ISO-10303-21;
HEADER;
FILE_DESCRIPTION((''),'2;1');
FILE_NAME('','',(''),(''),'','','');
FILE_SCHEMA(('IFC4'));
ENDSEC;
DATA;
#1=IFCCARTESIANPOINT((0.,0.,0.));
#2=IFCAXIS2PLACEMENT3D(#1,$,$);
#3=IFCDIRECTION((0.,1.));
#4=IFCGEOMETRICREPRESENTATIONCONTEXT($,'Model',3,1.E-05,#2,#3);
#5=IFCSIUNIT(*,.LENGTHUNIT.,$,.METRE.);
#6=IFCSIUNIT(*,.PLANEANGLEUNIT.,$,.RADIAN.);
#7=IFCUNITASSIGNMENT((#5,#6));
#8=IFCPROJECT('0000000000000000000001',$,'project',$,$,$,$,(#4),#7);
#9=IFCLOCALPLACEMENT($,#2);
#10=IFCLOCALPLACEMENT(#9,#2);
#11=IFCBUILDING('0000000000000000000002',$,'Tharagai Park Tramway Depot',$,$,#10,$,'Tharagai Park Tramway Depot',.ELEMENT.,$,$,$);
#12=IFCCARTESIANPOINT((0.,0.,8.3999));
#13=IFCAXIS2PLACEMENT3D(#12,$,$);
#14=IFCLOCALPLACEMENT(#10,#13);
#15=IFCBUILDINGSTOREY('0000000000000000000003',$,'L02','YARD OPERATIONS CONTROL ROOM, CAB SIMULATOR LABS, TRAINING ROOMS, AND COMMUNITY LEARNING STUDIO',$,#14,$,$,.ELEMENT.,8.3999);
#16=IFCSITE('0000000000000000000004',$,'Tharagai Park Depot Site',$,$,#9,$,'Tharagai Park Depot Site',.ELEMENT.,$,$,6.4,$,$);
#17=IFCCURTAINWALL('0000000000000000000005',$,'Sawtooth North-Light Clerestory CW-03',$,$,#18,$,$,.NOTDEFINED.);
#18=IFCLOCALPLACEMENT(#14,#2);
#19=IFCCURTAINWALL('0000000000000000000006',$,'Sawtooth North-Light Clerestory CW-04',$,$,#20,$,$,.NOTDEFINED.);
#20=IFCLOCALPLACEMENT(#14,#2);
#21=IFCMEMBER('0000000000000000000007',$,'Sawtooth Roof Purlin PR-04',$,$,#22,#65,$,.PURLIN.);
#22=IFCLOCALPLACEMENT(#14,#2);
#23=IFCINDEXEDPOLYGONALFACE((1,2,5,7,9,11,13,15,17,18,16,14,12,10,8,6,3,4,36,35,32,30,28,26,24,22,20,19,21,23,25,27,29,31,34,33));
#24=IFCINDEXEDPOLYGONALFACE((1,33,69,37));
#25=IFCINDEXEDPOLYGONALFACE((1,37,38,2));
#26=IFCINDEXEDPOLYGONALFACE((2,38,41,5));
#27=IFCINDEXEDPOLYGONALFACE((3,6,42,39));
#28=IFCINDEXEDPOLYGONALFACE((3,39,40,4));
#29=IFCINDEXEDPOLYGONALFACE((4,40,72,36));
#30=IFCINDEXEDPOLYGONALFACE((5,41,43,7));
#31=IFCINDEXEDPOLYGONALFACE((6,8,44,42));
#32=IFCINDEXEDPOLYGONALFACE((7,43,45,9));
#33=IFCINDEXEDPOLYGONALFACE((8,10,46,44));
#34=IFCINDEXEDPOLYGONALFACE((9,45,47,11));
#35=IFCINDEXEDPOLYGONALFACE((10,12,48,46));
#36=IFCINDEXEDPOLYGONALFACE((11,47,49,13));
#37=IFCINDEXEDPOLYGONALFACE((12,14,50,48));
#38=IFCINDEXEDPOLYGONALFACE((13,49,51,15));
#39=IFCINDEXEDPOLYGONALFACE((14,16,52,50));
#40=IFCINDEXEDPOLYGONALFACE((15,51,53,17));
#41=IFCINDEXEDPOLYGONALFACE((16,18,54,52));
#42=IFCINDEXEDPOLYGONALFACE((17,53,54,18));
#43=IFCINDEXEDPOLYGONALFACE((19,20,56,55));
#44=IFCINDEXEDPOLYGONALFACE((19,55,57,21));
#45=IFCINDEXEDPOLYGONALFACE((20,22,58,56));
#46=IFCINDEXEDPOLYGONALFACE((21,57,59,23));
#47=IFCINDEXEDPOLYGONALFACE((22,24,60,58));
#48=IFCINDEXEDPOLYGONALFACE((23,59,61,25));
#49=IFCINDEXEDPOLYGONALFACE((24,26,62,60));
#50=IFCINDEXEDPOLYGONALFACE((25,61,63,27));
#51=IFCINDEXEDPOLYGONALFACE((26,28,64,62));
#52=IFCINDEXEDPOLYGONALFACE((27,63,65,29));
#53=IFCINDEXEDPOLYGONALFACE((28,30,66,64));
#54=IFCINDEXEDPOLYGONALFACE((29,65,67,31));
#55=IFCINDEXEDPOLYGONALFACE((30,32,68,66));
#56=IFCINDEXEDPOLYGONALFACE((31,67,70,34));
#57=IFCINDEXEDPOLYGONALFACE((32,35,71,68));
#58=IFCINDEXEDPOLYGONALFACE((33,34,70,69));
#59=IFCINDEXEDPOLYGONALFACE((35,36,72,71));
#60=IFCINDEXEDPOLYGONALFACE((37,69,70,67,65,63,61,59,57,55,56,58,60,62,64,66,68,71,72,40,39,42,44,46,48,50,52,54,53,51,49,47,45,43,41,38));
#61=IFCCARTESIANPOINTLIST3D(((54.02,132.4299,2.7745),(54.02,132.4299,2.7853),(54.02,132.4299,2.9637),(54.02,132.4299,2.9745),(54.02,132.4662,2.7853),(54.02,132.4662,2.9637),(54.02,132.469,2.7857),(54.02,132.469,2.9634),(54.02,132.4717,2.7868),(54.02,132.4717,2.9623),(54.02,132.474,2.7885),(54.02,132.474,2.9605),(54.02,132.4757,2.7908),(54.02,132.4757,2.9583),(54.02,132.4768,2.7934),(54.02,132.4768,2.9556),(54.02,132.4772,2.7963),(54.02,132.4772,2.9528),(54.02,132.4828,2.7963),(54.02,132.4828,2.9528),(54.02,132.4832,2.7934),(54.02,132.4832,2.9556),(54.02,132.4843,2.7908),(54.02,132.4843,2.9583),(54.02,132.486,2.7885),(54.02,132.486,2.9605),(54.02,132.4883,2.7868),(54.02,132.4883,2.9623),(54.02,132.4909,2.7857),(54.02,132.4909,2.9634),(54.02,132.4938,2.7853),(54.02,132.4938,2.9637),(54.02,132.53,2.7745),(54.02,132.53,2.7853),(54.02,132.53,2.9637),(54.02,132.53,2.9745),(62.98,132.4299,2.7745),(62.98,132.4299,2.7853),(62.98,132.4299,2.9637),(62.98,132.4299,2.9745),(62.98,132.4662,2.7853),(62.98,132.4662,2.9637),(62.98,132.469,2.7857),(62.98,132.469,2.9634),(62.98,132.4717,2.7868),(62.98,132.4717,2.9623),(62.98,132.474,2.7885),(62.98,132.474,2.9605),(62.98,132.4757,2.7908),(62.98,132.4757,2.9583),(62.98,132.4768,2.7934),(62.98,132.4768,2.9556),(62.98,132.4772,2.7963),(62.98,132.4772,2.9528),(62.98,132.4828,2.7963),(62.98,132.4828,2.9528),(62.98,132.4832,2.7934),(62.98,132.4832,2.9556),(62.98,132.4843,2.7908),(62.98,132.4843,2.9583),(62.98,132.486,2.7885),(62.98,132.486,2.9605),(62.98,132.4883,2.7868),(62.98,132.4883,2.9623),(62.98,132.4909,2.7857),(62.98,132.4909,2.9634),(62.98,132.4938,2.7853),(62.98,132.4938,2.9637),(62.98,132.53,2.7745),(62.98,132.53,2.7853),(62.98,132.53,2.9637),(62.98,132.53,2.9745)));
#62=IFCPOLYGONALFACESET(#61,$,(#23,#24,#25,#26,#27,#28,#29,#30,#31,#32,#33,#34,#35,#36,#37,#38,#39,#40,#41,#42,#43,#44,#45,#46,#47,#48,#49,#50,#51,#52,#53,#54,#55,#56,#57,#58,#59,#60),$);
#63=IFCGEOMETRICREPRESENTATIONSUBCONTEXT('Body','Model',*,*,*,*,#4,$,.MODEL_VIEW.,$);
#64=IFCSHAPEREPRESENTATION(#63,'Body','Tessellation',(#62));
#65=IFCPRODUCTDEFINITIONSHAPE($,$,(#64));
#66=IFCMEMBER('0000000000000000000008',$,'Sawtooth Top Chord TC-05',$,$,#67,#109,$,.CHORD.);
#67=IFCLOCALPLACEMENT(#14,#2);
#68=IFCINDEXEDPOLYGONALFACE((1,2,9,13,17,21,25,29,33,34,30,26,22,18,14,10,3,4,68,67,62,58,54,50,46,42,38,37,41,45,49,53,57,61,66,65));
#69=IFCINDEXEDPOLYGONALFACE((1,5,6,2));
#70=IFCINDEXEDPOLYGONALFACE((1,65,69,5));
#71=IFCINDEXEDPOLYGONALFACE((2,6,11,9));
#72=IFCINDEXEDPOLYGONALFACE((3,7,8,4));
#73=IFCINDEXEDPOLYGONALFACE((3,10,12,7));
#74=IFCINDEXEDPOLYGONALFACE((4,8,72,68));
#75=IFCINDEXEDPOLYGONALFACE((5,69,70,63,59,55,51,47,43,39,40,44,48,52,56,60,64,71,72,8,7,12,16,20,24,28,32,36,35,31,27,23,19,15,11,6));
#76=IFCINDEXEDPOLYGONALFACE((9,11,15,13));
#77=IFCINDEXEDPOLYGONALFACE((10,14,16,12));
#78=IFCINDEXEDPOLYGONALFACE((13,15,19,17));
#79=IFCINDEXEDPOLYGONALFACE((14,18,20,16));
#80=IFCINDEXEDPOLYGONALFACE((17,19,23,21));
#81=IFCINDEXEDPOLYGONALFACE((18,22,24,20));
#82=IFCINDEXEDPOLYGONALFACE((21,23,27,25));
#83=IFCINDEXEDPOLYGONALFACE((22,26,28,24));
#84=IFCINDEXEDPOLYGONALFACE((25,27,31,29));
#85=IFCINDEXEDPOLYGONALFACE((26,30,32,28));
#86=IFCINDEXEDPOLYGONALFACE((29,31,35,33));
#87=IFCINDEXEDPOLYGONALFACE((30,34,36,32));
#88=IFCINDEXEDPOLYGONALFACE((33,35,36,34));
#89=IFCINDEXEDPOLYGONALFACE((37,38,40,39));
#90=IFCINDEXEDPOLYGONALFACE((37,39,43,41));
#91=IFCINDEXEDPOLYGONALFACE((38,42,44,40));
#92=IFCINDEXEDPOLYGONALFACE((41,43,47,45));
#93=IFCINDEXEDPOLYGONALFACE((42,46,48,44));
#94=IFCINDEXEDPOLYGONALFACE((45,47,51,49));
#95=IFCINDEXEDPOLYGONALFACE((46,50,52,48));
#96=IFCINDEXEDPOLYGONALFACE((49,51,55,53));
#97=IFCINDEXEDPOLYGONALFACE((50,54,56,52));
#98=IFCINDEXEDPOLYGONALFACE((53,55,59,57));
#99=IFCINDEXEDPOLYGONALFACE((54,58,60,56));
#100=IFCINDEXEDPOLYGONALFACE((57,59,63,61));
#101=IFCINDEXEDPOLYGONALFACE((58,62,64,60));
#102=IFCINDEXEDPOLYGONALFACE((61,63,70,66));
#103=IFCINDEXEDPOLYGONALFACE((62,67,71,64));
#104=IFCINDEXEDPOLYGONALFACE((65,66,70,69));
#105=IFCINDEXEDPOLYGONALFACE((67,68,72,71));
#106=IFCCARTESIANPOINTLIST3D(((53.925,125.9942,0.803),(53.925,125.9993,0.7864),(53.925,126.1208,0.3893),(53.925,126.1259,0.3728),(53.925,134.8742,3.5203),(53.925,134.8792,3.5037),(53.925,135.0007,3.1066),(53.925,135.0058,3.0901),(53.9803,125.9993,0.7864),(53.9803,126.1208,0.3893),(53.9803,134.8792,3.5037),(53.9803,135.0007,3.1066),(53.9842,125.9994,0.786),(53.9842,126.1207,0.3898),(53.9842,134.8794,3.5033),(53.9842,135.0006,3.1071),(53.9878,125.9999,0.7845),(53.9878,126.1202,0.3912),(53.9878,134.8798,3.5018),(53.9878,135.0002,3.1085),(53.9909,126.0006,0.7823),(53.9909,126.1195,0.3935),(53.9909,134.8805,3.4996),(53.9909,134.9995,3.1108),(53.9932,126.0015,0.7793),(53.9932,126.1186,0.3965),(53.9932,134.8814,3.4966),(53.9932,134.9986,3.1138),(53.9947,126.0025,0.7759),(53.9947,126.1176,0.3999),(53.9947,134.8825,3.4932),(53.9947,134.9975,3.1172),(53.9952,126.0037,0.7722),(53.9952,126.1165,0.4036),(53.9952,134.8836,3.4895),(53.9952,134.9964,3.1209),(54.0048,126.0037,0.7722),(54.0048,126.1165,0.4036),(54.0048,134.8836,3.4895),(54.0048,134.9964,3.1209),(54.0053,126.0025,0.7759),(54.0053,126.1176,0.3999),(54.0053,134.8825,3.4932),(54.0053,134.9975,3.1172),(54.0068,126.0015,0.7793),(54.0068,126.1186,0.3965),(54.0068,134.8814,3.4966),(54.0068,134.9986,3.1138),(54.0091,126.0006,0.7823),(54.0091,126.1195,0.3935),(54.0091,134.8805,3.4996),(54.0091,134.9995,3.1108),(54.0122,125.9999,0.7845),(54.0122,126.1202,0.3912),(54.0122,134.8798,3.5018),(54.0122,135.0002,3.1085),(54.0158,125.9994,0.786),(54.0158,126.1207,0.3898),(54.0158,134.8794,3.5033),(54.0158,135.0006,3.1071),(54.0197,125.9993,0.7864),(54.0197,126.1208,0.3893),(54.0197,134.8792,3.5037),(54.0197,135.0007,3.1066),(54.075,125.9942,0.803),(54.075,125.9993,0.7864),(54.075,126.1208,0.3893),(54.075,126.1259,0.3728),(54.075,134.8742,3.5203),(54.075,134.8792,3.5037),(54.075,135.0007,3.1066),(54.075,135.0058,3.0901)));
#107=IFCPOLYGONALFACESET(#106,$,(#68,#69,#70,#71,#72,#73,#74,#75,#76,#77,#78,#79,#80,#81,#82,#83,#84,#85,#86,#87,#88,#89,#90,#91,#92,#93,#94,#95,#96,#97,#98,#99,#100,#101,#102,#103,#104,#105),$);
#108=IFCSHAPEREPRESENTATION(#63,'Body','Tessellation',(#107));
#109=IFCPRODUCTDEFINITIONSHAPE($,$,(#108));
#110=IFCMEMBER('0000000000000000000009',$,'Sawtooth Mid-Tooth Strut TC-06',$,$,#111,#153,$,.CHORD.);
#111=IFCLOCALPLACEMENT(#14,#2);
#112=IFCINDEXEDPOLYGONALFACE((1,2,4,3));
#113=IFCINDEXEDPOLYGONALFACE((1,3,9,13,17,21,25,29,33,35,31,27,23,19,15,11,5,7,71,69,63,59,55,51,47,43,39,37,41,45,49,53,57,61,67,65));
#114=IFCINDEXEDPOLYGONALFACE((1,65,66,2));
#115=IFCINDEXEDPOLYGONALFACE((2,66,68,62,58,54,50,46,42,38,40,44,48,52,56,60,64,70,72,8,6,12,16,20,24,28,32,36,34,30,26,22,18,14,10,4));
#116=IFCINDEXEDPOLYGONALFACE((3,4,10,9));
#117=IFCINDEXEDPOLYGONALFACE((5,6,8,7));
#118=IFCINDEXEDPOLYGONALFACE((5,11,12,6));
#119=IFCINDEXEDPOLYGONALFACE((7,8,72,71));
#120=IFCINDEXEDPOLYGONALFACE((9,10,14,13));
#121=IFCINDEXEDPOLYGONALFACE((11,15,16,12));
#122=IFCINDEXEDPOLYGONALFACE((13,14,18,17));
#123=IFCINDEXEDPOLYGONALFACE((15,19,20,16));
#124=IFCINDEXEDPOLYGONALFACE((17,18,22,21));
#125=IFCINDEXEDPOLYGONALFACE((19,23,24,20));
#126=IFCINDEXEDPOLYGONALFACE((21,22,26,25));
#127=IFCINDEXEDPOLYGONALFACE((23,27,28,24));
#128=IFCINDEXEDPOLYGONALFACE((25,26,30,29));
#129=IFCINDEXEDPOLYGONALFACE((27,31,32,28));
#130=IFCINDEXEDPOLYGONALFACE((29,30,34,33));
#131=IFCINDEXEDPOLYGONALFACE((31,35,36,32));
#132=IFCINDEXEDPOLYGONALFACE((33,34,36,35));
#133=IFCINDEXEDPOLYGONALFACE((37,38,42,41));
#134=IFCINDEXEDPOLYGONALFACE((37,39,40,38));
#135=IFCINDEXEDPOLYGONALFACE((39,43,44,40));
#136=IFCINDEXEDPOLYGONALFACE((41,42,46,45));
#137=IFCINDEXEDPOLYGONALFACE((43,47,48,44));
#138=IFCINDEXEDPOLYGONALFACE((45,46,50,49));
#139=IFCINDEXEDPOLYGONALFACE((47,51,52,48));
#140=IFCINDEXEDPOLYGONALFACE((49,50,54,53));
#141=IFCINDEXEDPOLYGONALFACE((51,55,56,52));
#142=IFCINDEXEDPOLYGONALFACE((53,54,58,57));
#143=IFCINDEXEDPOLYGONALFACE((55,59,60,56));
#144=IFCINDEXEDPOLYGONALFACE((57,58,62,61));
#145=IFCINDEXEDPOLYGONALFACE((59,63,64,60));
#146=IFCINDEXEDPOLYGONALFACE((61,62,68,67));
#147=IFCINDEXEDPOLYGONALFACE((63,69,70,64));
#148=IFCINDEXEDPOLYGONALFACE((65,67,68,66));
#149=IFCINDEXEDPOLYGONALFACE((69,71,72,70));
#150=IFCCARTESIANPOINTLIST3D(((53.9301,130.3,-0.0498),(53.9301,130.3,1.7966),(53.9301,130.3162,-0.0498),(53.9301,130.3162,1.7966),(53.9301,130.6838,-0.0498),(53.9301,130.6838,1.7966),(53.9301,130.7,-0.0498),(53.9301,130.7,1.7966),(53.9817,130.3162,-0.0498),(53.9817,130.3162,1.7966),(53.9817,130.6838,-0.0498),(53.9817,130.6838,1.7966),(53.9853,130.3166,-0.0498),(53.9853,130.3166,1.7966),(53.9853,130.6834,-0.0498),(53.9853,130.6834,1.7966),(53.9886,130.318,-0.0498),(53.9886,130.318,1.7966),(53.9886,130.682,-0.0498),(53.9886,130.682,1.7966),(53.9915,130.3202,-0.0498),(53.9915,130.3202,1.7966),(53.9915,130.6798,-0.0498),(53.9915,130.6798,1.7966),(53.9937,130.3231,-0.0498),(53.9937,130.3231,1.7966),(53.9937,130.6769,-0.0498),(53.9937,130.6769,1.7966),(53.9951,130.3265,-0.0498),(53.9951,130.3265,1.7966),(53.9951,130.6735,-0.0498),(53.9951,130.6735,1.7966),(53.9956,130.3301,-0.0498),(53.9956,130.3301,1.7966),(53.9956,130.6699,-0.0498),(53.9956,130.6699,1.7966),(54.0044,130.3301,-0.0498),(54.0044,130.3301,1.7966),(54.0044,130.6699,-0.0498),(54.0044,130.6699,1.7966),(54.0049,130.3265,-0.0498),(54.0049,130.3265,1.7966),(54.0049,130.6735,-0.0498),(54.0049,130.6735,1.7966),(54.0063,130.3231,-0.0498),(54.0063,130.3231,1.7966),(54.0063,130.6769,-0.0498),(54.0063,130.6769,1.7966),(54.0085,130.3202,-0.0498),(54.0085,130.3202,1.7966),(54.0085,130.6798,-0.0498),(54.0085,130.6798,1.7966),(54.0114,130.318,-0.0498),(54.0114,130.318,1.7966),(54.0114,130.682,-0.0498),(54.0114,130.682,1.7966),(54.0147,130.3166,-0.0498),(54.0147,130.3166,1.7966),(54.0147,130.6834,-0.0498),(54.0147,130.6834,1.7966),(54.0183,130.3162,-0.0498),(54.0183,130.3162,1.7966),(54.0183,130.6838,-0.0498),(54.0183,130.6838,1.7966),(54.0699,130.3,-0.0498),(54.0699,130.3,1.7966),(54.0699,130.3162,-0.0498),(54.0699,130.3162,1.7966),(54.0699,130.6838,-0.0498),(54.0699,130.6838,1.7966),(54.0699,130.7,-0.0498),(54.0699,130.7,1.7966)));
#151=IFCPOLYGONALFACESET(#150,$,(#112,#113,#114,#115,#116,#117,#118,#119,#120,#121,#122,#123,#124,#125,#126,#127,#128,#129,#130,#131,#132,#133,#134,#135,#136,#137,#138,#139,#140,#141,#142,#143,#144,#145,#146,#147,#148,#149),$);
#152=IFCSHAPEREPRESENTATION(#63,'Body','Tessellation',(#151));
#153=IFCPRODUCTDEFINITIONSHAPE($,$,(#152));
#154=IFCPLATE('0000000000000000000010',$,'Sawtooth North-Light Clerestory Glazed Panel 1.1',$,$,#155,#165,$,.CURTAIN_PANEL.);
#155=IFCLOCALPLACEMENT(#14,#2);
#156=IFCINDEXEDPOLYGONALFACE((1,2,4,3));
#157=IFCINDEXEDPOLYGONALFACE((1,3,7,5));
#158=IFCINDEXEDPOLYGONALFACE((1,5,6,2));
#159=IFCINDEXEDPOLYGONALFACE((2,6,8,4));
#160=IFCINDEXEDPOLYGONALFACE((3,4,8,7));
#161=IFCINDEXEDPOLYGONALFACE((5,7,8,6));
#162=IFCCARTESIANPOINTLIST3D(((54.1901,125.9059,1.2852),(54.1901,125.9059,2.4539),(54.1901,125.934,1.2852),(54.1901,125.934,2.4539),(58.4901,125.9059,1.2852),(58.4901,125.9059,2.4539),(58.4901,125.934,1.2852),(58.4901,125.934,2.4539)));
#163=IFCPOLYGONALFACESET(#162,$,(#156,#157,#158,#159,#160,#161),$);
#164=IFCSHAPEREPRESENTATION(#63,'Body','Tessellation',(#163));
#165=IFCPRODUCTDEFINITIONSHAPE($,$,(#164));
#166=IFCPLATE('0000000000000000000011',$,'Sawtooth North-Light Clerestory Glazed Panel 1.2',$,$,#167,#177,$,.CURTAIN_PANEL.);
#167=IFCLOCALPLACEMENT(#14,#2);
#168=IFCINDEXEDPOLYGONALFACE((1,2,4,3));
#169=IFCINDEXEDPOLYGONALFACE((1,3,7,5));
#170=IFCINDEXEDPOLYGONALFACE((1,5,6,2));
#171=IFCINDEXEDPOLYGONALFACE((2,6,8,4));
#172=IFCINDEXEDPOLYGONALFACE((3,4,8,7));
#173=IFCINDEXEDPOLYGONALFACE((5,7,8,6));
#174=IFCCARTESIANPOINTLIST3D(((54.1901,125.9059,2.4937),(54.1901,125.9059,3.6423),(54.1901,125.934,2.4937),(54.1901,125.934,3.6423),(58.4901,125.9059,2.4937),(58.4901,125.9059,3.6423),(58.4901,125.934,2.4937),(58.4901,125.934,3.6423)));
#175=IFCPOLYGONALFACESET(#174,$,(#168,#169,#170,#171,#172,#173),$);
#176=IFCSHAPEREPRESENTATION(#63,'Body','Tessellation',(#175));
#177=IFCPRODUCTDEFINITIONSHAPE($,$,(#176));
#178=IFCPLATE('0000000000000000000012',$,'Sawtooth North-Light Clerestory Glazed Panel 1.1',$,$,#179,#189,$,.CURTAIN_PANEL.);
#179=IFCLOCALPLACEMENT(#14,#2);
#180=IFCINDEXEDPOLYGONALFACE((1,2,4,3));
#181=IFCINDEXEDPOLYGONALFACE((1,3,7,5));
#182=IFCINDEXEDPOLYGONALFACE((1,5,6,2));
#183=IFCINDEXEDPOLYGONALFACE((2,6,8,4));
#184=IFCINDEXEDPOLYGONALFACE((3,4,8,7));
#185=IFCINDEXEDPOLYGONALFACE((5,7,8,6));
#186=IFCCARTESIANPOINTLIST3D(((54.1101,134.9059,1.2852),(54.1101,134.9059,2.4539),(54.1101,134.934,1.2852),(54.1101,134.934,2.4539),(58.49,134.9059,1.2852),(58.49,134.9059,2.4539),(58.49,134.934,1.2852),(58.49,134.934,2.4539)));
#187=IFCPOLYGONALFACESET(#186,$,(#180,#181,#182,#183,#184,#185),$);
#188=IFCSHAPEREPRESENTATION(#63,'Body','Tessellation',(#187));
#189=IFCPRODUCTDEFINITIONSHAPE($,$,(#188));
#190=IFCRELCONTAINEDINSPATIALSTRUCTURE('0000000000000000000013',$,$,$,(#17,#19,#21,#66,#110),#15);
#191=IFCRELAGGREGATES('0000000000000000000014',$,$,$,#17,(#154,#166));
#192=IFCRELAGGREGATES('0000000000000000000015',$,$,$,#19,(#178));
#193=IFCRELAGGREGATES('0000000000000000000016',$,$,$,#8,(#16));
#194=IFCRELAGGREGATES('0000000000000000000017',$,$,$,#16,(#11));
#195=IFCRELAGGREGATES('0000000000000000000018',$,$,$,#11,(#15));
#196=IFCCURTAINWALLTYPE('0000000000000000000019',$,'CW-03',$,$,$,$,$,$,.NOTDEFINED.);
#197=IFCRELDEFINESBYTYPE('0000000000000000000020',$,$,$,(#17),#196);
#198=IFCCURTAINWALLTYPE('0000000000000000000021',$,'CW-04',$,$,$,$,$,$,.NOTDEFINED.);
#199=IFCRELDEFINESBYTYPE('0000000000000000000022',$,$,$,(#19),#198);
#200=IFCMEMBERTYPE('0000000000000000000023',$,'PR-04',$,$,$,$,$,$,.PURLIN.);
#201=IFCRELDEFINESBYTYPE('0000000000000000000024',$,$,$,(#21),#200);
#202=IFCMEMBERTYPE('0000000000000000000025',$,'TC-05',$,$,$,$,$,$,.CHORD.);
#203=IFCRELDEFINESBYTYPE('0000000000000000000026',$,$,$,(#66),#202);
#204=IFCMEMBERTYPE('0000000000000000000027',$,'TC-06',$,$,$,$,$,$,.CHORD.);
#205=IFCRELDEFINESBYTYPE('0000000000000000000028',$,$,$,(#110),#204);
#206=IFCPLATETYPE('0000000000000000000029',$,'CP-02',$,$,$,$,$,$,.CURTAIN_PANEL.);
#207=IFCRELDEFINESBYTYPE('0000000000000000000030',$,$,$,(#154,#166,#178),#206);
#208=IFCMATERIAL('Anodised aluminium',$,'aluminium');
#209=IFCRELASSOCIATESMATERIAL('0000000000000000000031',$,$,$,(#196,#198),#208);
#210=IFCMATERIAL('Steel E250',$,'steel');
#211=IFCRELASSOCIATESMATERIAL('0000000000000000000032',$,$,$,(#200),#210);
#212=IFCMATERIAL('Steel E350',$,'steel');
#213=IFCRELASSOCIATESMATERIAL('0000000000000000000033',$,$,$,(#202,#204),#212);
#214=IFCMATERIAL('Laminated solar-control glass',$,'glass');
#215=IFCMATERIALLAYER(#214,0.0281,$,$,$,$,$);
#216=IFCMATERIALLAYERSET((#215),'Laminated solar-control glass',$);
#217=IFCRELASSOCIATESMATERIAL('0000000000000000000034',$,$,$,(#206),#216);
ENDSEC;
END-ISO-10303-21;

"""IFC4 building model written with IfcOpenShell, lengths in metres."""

from ifc_helpers import new_model, si_unit, direction, frame, origin, origin_2d, place, context, subcontext, project, spatial, rectangle, i_section, extrude, material, layer, layer_set, material_profile, profile_set, type_object, element, aggregate, save


model = new_model("IFC4")

# Units and contexts
model_context = context("Model", 3, precision=1e-05, world=origin(), true_north=direction((0.0, 1.0)))
body_context = subcontext(model_context, "Body", "Model", "MODEL_VIEW")
ifc_project = project(units=[si_unit("LENGTHUNIT", "METRE"), si_unit("PLANEANGLEUNIT", "RADIAN")], contexts=[model_context])

# Site, building, storey
site_placement = place(None, origin())
site = spatial("IfcSite", under=ifc_project, at=site_placement, Name="Tharagai Park Depot Site", LongName="Tharagai Park Depot Site", CompositionType="ELEMENT", RefElevation=6.4)
building_placement = place(site_placement, origin())
building = spatial("IfcBuilding", under=site, at=building_placement, Name="Tharagai Park Tramway Depot", LongName="Tharagai Park Tramway Depot", CompositionType="ELEMENT")
storey_placement = place(building_placement, frame((0.0, 0.0, 8.3999)))
storey = spatial("IfcBuildingStorey", under=building, at=storey_placement, Name="L02", Description="YARD OPERATIONS CONTROL ROOM, CAB SIMULATOR LABS, TRAINING ROOMS, AND COMMUNITY LEARNING STUDIO", CompositionType="ELEMENT", Elevation=8.3999)

# Shared definitions
ifc_material_1 = material(Name="Steel E350", Category="steel")

# Curtain walls
ifc_material_2 = material(Name="Anodised aluminium", Category="aluminium")
curtain_wall_type_1 = type_object("IfcCurtainWallType", Name="CW-03", PredefinedType="NOTDEFINED", material=ifc_material_2)
curtain_wall_1_placement = place(storey_placement, origin())
curtain_wall_1 = element("IfcCurtainWall", 1, at=curtain_wall_1_placement, inside=storey, type_object=curtain_wall_type_1, Name="Sawtooth North-Light Clerestory CW-03", PredefinedType="NOTDEFINED")
curtain_wall_type_2 = type_object("IfcCurtainWallType", Name="CW-04", PredefinedType="NOTDEFINED", material=ifc_material_2)
curtain_wall_2_placement = place(storey_placement, origin())
curtain_wall_2 = element("IfcCurtainWall", 2, at=curtain_wall_2_placement, inside=storey, type_object=curtain_wall_type_2, Name="Sawtooth North-Light Clerestory CW-04", PredefinedType="NOTDEFINED")

# Members
ifc_material_3 = material(Name="Steel E250", Category="steel")
ifc_material_profile_1 = material_profile(ifc_material_3, i_section(OverallWidth=0.1001, OverallDepth=0.2, WebThickness=0.0056, FlangeThickness=0.0107, FilletRadius=0.011, at=origin_2d()), Name="ISMB 200")
ifc_profile_set_1 = profile_set([ifc_material_profile_1], Name="Steel E250")
member_type_1 = type_object("IfcMemberType", Name="PR-04", PredefinedType="PURLIN", material=ifc_profile_set_1)
for number, where, z_axis, x_axis, name in (
    (3, (54.02, 132.48, 2.8745), (1.0, 0.0, 0.0), (0.0, 1.0, 0.0), "Sawtooth Roof Purlin PR-04"),
):
    element("IfcMember", number, at=place(storey_placement, frame(where, z_axis=z_axis, x_axis=x_axis)), inside=storey, type_object=member_type_1, Name=name, PredefinedType="PURLIN", context=body_context, shape_type="SweptSolid", body=[
        extrude(i_section(OverallWidth=0.1001, OverallDepth=0.2, WebThickness=0.0056, FlangeThickness=0.0107, FilletRadius=0.011, at=origin_2d()), origin(), (0.0, 0.0, 1.0), 8.96),
    ])
ifc_material_profile_2 = material_profile(ifc_material_1, i_section(OverallWidth=0.1499, OverallDepth=0.45, WebThickness=0.0095, FlangeThickness=0.0173, FilletRadius=0.0149, at=origin_2d()), Name="ISMB 450")
ifc_profile_set_2 = profile_set([ifc_material_profile_2], Name="Steel E350")
member_type_2 = type_object("IfcMemberType", Name="TC-05", PredefinedType="CHORD", material=ifc_profile_set_2)
member_1_placement = place(storey_placement, frame((54.0, 126.0601, 0.5879), z_axis=(0.0, 0.956231, 0.292611), x_axis=(-1.0, 0.0, 0.0)))
element("IfcMember", 4, at=member_1_placement, inside=storey, type_object=member_type_2, Name="Sawtooth Top Chord TC-05", PredefinedType="CHORD", context=body_context, shape_type="SweptSolid", body=[
    extrude(i_section(OverallWidth=0.1499, OverallDepth=0.45, WebThickness=0.0095, FlangeThickness=0.0173, FilletRadius=0.0149, at=origin_2d()), origin(), (0.0, 0.0, 1.0), 9.2864),
])
ifc_material_profile_3 = material_profile(ifc_material_1, i_section(OverallWidth=0.1399, OverallDepth=0.3999, WebThickness=0.0088, FlangeThickness=0.0161, FilletRadius=0.0139, at=origin_2d()), Name="ISMB 400")
ifc_profile_set_3 = profile_set([ifc_material_profile_3], Name="Steel E350")
member_type_3 = type_object("IfcMemberType", Name="TC-06", PredefinedType="CHORD", material=ifc_profile_set_3)
member_2_placement = place(storey_placement, frame((54.0, 130.5, -0.0498), z_axis=(0.0, 0.0, 1.0), x_axis=(1.0, 0.0, 0.0)))
element("IfcMember", 5, at=member_2_placement, inside=storey, type_object=member_type_3, Name="Sawtooth Mid-Tooth Strut TC-06", PredefinedType="CHORD", context=body_context, shape_type="SweptSolid", body=[
    extrude(i_section(OverallWidth=0.1399, OverallDepth=0.3999, WebThickness=0.0088, FlangeThickness=0.0161, FilletRadius=0.0139, at=origin_2d()), origin(), (0.0, 0.0, 1.0), 1.8464),
])

# Plates
ifc_material_4 = material(Name="Laminated solar-control glass", Category="glass")
ifc_layer = layer(ifc_material_4, 0.0281)
ifc_layer_set = layer_set([ifc_layer], Name="Laminated solar-control glass")
plate_type = type_object("IfcPlateType", Name="CP-02", PredefinedType="CURTAIN_PANEL", material=ifc_layer_set)
plate_1_placement = place(storey_placement, frame((56.3401, 125.9199, 1.2852), z_axis=(0.0, 0.0, 1.0), x_axis=(1.0, 0.0, 0.0)))
plate_1 = element("IfcPlate", 6, at=plate_1_placement, type_object=plate_type, Name="Sawtooth North-Light Clerestory Glazed Panel 1.1", PredefinedType="CURTAIN_PANEL", context=body_context, shape_type="SweptSolid", body=[
    extrude(rectangle(XDim=4.3, YDim=0.0281, at=origin_2d()), origin(), (0.0, 0.0, 1.0), 1.1687),
])
plate_2_placement = place(storey_placement, frame((56.3401, 125.9199, 2.4937), z_axis=(0.0, 0.0, 1.0), x_axis=(1.0, 0.0, 0.0)))
plate_2 = element("IfcPlate", 7, at=plate_2_placement, type_object=plate_type, Name="Sawtooth North-Light Clerestory Glazed Panel 1.2", PredefinedType="CURTAIN_PANEL", context=body_context, shape_type="SweptSolid", body=[
    extrude(rectangle(XDim=4.3, YDim=0.0281, at=origin_2d()), origin(), (0.0, 0.0, 1.0), 1.1487),
])
aggregate(curtain_wall_1, [plate_1, plate_2])
plate_3_placement = place(storey_placement, frame((56.3, 134.9199, 1.2852), z_axis=(0.0, 0.0, 1.0), x_axis=(1.0, 0.0, 0.0)))
plate_3 = element("IfcPlate", 8, at=plate_3_placement, type_object=plate_type, Name="Sawtooth North-Light Clerestory Glazed Panel 1.1", PredefinedType="CURTAIN_PANEL", context=body_context, shape_type="SweptSolid", body=[
    extrude(rectangle(XDim=4.3799, YDim=0.0281, at=origin_2d()), origin(), (0.0, 0.0, 1.0), 1.1687),
])
aggregate(curtain_wall_2, [plate_3])

save(model, "model.ifc")
